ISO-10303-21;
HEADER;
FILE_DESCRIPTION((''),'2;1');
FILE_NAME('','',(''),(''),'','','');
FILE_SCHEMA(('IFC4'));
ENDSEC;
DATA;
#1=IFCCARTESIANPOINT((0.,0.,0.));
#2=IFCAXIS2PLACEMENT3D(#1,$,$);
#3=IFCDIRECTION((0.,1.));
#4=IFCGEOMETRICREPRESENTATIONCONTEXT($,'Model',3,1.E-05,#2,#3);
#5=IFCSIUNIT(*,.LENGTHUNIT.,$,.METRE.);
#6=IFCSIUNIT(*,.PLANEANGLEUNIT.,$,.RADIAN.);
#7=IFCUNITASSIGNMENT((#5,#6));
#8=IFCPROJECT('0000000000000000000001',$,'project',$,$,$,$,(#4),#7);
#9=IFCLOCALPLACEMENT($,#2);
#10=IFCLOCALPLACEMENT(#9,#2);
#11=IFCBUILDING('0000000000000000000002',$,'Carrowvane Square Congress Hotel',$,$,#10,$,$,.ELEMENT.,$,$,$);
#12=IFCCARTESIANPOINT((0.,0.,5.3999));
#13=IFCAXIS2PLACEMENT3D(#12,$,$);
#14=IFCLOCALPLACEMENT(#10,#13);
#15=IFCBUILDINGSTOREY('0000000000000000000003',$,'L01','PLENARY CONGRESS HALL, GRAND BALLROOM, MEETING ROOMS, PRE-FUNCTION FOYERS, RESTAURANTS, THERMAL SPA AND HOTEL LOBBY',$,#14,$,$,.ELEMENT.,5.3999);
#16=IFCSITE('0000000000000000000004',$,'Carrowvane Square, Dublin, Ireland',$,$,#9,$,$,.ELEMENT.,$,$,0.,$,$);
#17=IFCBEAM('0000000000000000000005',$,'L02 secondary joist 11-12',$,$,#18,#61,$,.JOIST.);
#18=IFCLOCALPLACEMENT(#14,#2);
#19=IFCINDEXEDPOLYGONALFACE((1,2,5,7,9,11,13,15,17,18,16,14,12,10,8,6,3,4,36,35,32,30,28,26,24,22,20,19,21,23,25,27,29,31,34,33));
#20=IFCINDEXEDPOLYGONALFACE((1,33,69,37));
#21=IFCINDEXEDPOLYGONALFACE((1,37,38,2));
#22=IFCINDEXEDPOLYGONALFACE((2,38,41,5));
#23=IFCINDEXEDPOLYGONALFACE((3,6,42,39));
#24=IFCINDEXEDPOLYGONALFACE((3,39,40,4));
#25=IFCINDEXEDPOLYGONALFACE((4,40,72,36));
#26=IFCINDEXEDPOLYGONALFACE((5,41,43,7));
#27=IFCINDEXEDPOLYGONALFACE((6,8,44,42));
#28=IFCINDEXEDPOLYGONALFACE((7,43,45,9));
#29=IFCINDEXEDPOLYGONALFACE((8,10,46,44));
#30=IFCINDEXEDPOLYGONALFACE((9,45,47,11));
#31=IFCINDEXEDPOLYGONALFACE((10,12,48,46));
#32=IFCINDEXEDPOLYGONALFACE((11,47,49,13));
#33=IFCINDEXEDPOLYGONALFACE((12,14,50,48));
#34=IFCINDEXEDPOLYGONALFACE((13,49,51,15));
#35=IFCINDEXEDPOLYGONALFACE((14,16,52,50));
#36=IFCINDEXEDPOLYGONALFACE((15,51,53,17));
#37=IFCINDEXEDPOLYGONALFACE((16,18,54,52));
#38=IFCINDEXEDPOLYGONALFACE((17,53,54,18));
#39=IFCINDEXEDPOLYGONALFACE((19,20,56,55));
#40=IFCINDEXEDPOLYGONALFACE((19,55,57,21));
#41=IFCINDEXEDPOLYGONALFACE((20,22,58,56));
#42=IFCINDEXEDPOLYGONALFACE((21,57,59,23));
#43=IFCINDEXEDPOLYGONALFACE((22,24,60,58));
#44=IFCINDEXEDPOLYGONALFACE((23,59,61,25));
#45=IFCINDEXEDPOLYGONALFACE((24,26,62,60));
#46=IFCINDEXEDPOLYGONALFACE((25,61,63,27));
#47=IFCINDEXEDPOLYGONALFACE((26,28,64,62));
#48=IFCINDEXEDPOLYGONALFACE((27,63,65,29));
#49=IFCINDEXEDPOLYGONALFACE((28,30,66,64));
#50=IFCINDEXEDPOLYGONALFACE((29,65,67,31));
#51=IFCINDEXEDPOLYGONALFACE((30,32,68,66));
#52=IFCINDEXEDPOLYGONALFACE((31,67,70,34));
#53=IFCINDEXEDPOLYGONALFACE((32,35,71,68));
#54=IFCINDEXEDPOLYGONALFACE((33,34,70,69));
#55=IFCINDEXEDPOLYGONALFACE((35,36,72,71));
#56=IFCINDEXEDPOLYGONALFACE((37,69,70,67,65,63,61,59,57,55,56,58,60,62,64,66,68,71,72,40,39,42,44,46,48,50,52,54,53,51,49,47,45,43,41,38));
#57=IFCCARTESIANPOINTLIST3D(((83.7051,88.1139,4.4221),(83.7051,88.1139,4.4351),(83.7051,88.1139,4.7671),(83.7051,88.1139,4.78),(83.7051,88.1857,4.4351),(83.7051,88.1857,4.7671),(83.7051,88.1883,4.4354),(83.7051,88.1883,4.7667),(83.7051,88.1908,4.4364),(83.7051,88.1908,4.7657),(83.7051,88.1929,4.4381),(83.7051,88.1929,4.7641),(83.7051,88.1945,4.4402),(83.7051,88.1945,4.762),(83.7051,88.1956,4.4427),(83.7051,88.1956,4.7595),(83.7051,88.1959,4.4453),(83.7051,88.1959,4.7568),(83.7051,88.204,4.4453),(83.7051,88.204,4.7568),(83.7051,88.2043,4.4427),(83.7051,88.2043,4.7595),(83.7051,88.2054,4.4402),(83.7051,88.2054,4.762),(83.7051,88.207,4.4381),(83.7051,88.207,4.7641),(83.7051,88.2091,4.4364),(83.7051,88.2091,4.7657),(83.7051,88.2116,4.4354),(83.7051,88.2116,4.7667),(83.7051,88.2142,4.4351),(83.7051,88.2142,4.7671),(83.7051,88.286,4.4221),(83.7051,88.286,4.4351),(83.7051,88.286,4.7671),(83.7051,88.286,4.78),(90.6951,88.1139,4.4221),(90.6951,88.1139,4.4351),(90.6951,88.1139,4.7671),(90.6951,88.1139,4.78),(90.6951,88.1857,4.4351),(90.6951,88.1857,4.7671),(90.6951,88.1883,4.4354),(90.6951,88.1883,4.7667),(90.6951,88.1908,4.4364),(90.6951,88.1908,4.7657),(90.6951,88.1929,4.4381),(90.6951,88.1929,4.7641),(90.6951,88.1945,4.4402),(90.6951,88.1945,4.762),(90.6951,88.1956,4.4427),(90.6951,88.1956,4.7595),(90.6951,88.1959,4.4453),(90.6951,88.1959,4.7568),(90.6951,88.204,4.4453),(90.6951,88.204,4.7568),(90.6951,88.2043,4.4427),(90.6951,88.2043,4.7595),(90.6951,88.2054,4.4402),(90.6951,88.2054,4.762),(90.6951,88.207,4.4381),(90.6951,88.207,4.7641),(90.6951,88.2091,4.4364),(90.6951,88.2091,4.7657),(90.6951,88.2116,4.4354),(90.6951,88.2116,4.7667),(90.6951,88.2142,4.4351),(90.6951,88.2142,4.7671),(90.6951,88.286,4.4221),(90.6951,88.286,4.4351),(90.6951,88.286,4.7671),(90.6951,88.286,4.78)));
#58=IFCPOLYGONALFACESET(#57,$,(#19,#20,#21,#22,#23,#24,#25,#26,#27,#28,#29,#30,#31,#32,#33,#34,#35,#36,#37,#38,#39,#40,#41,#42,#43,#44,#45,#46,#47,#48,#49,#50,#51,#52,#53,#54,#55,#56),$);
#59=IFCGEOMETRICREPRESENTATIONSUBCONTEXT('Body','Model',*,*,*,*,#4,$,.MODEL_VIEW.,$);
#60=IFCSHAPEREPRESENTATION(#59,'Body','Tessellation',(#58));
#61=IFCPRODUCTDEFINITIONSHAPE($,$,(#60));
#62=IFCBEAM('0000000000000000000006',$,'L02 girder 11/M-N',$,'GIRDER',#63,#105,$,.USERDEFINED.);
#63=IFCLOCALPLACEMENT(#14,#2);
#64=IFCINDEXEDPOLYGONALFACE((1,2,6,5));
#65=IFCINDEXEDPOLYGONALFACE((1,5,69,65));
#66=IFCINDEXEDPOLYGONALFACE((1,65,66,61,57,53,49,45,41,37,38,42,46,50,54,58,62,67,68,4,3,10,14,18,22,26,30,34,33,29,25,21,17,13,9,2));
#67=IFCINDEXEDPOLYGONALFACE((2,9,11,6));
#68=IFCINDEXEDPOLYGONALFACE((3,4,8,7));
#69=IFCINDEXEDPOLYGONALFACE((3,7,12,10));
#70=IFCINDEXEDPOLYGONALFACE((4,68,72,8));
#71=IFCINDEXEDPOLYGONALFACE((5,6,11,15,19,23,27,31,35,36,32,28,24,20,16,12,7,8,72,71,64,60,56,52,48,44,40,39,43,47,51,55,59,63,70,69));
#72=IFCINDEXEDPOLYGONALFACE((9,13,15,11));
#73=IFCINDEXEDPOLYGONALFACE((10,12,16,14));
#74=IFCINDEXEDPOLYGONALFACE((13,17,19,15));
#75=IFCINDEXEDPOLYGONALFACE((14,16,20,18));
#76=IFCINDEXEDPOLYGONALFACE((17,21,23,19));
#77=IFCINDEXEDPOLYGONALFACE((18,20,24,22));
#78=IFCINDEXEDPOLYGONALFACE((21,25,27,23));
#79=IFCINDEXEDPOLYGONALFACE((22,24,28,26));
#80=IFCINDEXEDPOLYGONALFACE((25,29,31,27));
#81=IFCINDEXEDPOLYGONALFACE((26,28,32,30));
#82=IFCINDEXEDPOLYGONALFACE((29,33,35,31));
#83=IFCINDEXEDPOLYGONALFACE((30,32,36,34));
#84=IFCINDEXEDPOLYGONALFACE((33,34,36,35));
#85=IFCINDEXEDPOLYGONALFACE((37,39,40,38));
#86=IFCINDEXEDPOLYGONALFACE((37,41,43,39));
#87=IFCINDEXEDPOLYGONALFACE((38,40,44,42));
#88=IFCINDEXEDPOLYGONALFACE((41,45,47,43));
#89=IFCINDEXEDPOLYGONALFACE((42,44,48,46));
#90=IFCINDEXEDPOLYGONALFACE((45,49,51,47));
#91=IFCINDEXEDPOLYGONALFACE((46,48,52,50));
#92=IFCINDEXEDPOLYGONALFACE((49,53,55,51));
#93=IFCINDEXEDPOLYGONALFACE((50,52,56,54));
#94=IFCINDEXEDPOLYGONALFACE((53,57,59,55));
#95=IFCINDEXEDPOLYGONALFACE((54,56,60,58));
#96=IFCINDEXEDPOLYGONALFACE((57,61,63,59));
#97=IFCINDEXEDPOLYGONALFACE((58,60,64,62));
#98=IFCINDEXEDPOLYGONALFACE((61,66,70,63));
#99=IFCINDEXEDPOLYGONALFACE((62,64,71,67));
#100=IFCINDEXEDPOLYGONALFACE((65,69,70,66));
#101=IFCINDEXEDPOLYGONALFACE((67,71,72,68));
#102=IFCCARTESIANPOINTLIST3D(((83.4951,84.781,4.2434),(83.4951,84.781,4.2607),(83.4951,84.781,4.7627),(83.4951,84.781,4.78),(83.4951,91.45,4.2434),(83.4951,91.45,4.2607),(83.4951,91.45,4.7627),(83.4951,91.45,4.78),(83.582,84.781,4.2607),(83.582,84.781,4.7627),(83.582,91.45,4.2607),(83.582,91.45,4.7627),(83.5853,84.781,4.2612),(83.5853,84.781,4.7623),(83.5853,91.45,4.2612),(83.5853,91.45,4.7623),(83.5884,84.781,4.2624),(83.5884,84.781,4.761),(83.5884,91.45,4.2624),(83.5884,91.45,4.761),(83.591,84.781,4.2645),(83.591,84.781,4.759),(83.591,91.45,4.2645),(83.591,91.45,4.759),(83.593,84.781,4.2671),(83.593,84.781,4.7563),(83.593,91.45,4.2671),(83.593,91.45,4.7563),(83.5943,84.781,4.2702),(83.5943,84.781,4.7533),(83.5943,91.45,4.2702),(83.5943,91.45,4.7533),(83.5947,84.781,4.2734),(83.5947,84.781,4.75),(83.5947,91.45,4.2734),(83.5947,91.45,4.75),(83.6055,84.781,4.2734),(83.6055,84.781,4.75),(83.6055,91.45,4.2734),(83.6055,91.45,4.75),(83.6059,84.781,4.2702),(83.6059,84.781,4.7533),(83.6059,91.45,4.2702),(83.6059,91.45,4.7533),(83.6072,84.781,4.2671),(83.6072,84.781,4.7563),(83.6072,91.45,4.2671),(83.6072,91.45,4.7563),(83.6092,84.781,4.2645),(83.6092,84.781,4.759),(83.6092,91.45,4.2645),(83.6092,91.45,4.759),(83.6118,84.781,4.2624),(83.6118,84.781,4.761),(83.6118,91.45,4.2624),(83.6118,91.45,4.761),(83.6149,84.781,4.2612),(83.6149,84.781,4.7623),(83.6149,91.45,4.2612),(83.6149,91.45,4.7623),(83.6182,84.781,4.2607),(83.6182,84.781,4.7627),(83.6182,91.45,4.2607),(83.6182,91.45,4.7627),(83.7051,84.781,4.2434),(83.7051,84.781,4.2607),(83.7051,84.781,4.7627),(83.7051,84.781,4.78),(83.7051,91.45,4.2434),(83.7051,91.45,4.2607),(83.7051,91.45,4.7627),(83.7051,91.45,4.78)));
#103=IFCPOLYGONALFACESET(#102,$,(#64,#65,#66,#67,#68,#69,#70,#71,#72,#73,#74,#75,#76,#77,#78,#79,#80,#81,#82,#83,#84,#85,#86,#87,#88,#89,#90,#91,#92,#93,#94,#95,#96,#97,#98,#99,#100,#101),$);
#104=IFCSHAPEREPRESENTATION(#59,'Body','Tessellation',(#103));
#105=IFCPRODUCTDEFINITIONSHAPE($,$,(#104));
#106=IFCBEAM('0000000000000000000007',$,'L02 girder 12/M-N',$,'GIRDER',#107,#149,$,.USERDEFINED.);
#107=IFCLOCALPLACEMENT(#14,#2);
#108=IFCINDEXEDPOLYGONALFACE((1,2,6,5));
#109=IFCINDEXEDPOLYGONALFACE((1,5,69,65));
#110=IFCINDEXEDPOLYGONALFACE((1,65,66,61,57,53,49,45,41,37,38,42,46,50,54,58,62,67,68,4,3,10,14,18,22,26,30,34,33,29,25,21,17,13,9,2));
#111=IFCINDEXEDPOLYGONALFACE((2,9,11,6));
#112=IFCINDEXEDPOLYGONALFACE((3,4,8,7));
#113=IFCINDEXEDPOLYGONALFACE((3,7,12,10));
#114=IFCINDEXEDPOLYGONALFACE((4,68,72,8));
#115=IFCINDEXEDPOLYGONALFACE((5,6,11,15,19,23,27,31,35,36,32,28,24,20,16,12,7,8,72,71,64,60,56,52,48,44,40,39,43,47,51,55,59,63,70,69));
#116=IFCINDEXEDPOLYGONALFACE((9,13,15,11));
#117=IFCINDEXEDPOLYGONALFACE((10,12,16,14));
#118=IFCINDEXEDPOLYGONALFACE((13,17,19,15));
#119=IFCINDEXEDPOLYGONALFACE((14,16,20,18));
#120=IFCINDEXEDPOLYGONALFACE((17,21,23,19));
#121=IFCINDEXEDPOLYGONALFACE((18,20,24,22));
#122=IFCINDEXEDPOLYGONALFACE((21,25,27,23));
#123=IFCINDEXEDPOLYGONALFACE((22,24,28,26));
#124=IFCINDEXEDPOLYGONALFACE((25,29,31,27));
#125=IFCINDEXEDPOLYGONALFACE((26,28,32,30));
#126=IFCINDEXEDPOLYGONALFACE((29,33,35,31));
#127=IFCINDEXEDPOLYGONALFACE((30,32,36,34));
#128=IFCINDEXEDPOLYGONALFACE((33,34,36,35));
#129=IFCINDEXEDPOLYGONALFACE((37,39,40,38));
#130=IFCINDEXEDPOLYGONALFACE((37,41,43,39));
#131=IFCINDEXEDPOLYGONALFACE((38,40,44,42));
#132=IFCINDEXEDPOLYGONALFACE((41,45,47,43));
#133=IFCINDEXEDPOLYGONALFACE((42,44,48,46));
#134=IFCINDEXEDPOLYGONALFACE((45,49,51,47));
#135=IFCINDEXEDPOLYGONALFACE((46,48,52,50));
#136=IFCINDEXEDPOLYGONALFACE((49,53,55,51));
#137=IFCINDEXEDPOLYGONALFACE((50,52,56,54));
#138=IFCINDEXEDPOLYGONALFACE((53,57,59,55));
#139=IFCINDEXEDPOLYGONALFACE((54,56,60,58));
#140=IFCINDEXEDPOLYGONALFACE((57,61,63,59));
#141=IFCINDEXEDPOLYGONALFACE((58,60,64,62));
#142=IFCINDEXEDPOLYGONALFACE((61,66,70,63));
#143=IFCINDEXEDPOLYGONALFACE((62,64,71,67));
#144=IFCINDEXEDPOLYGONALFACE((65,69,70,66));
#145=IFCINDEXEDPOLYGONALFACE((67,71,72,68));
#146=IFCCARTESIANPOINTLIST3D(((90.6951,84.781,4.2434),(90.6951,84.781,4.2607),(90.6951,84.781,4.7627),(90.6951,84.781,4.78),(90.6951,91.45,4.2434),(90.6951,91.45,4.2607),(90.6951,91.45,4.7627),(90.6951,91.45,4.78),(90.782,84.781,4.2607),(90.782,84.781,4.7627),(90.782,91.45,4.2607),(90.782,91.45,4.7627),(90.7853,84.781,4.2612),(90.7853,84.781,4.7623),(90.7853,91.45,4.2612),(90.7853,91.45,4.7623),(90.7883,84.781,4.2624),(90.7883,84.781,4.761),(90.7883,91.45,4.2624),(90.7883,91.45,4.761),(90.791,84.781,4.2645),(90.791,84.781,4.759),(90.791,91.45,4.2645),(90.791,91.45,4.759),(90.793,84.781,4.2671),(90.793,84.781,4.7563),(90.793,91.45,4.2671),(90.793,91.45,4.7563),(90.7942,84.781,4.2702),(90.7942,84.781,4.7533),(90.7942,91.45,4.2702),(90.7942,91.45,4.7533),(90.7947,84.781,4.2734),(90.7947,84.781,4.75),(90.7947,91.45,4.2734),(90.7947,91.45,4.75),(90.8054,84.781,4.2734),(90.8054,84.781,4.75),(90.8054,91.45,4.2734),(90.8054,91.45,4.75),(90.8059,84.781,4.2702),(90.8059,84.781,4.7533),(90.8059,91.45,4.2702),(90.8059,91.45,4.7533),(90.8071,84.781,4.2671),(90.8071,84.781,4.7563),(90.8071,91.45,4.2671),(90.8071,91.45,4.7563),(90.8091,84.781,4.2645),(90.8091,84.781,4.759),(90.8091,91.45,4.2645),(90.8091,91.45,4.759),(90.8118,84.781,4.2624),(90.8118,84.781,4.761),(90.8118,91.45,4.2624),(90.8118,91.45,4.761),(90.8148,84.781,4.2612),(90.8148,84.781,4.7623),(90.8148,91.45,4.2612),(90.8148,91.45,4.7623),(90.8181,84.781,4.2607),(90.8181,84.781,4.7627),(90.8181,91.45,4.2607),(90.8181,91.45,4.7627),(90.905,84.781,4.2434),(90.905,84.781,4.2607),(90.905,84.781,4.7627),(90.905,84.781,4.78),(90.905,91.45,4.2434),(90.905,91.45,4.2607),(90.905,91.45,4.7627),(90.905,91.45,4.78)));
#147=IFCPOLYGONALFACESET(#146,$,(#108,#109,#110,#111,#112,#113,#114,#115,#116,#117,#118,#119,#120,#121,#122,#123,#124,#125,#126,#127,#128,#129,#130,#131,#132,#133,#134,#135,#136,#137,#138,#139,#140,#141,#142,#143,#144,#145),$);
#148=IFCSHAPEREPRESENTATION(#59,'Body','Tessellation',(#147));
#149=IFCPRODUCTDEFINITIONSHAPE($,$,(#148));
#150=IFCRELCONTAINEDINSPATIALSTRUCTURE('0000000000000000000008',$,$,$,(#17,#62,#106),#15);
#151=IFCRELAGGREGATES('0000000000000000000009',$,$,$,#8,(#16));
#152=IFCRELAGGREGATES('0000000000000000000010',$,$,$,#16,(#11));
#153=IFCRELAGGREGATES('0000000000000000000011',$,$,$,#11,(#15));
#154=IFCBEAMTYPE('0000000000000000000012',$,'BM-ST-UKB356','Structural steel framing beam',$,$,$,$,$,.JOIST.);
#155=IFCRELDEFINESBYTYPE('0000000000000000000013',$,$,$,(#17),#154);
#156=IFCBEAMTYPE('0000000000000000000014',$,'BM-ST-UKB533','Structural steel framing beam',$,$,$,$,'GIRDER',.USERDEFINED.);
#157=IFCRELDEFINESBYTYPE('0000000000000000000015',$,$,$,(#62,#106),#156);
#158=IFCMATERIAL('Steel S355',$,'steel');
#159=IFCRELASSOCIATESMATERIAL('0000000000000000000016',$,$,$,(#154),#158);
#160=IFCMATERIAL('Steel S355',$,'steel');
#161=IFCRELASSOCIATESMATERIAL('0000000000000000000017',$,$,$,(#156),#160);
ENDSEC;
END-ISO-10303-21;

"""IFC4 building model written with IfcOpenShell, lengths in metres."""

from ifc_helpers import new_model, si_unit, direction, frame, origin, origin_2d, place, context, subcontext, project, spatial, i_section, extrude, material, material_profile, profile_set, type_object, element, save


model = new_model("IFC4")

# Units and contexts
model_context = context("Model", 3, precision=1e-05, world=origin(), true_north=direction((0.0, 1.0)))
body_context = subcontext(model_context, "Body", "Model", "MODEL_VIEW")
ifc_project = project(units=[si_unit("LENGTHUNIT", "METRE"), si_unit("PLANEANGLEUNIT", "RADIAN")], contexts=[model_context])

# Site, building, storey
site_placement = place(None, origin())
site = spatial("IfcSite", under=ifc_project, at=site_placement, Name="Carrowvane Square, Dublin, Ireland", CompositionType="ELEMENT", RefElevation=0.0)
building_placement = place(site_placement, origin())
building = spatial("IfcBuilding", under=site, at=building_placement, Name="Carrowvane Square Congress Hotel", CompositionType="ELEMENT")
storey_placement = place(building_placement, frame((0.0, 0.0, 5.3999)))
storey = spatial("IfcBuildingStorey", under=building, at=storey_placement, Name="L01", Description="PLENARY CONGRESS HALL, GRAND BALLROOM, MEETING ROOMS, PRE-FUNCTION FOYERS, RESTAURANTS, THERMAL SPA AND HOTEL LOBBY", CompositionType="ELEMENT", Elevation=5.3999)

# Beams
ifc_material_1 = material(Name="Steel S355", Category="steel")
ifc_material_profile_1 = material_profile(ifc_material_1, i_section(OverallWidth=0.1721, OverallDepth=0.3579, WebThickness=0.0081, FlangeThickness=0.0129, FilletRadius=0.0103, at=origin_2d()), Name="UKB 356x171x57")
ifc_profile_set_1 = profile_set([ifc_material_profile_1], Name="Steel S355")
beam_type_1 = type_object("IfcBeamType", Name="BM-ST-UKB356", Description="Structural steel framing beam", PredefinedType="JOIST", material=ifc_profile_set_1)
for number, where, z_axis, x_axis, name in (
    (1, (83.7051, 88.2, 4.6011), (1.0, 0.0, 0.0), (0.0, 1.0, 0.0), "L02 secondary joist 11-12"),
):
    element("IfcBeam", number, at=place(storey_placement, frame(where, z_axis=z_axis, x_axis=x_axis)), inside=storey, type_object=beam_type_1, Name=name, PredefinedType="JOIST", context=body_context, shape_type="SweptSolid", body=[
        extrude(i_section(OverallWidth=0.1721, OverallDepth=0.3579, WebThickness=0.0081, FlangeThickness=0.0129, FilletRadius=0.0103, at=origin_2d()), origin(), (0.0, 0.0, 1.0), 6.99),
    ])
ifc_material_2 = material(Name="Steel S355", Category="steel")
ifc_material_profile_2 = material_profile(ifc_material_2, i_section(OverallWidth=0.21, OverallDepth=0.5366, WebThickness=0.0107, FlangeThickness=0.0173, FilletRadius=0.0127, at=origin_2d()), Name="UKB 533x210x101")
ifc_profile_set_2 = profile_set([ifc_material_profile_2], Name="Steel S355")
beam_type_2 = type_object("IfcBeamType", Name="BM-ST-UKB533", Description="Structural steel framing beam", ElementType="GIRDER", PredefinedType="USERDEFINED", material=ifc_profile_set_2)
for number, where, z_axis, x_axis, name in (
    (2, (83.6001, 84.781, 4.5117), (0.0, 1.0, 0.0), (-1.0, 0.0, 0.0), "L02 girder 11/M-N"),
    (3, (90.8, 84.781, 4.5117), (0.0, 1.0, 0.0), (-1.0, 0.0, 0.0), "L02 girder 12/M-N"),
):
    element("IfcBeam", number, at=place(storey_placement, frame(where, z_axis=z_axis, x_axis=x_axis)), inside=storey, type_object=beam_type_2, Name=name, ObjectType="GIRDER", PredefinedType="USERDEFINED", context=body_context, shape_type="SweptSolid", body=[
        extrude(i_section(OverallWidth=0.21, OverallDepth=0.5366, WebThickness=0.0107, FlangeThickness=0.0173, FilletRadius=0.0127, at=origin_2d()), origin(), (0.0, 0.0, 1.0), 6.6689),
    ])

save(model, "model.ifc")
